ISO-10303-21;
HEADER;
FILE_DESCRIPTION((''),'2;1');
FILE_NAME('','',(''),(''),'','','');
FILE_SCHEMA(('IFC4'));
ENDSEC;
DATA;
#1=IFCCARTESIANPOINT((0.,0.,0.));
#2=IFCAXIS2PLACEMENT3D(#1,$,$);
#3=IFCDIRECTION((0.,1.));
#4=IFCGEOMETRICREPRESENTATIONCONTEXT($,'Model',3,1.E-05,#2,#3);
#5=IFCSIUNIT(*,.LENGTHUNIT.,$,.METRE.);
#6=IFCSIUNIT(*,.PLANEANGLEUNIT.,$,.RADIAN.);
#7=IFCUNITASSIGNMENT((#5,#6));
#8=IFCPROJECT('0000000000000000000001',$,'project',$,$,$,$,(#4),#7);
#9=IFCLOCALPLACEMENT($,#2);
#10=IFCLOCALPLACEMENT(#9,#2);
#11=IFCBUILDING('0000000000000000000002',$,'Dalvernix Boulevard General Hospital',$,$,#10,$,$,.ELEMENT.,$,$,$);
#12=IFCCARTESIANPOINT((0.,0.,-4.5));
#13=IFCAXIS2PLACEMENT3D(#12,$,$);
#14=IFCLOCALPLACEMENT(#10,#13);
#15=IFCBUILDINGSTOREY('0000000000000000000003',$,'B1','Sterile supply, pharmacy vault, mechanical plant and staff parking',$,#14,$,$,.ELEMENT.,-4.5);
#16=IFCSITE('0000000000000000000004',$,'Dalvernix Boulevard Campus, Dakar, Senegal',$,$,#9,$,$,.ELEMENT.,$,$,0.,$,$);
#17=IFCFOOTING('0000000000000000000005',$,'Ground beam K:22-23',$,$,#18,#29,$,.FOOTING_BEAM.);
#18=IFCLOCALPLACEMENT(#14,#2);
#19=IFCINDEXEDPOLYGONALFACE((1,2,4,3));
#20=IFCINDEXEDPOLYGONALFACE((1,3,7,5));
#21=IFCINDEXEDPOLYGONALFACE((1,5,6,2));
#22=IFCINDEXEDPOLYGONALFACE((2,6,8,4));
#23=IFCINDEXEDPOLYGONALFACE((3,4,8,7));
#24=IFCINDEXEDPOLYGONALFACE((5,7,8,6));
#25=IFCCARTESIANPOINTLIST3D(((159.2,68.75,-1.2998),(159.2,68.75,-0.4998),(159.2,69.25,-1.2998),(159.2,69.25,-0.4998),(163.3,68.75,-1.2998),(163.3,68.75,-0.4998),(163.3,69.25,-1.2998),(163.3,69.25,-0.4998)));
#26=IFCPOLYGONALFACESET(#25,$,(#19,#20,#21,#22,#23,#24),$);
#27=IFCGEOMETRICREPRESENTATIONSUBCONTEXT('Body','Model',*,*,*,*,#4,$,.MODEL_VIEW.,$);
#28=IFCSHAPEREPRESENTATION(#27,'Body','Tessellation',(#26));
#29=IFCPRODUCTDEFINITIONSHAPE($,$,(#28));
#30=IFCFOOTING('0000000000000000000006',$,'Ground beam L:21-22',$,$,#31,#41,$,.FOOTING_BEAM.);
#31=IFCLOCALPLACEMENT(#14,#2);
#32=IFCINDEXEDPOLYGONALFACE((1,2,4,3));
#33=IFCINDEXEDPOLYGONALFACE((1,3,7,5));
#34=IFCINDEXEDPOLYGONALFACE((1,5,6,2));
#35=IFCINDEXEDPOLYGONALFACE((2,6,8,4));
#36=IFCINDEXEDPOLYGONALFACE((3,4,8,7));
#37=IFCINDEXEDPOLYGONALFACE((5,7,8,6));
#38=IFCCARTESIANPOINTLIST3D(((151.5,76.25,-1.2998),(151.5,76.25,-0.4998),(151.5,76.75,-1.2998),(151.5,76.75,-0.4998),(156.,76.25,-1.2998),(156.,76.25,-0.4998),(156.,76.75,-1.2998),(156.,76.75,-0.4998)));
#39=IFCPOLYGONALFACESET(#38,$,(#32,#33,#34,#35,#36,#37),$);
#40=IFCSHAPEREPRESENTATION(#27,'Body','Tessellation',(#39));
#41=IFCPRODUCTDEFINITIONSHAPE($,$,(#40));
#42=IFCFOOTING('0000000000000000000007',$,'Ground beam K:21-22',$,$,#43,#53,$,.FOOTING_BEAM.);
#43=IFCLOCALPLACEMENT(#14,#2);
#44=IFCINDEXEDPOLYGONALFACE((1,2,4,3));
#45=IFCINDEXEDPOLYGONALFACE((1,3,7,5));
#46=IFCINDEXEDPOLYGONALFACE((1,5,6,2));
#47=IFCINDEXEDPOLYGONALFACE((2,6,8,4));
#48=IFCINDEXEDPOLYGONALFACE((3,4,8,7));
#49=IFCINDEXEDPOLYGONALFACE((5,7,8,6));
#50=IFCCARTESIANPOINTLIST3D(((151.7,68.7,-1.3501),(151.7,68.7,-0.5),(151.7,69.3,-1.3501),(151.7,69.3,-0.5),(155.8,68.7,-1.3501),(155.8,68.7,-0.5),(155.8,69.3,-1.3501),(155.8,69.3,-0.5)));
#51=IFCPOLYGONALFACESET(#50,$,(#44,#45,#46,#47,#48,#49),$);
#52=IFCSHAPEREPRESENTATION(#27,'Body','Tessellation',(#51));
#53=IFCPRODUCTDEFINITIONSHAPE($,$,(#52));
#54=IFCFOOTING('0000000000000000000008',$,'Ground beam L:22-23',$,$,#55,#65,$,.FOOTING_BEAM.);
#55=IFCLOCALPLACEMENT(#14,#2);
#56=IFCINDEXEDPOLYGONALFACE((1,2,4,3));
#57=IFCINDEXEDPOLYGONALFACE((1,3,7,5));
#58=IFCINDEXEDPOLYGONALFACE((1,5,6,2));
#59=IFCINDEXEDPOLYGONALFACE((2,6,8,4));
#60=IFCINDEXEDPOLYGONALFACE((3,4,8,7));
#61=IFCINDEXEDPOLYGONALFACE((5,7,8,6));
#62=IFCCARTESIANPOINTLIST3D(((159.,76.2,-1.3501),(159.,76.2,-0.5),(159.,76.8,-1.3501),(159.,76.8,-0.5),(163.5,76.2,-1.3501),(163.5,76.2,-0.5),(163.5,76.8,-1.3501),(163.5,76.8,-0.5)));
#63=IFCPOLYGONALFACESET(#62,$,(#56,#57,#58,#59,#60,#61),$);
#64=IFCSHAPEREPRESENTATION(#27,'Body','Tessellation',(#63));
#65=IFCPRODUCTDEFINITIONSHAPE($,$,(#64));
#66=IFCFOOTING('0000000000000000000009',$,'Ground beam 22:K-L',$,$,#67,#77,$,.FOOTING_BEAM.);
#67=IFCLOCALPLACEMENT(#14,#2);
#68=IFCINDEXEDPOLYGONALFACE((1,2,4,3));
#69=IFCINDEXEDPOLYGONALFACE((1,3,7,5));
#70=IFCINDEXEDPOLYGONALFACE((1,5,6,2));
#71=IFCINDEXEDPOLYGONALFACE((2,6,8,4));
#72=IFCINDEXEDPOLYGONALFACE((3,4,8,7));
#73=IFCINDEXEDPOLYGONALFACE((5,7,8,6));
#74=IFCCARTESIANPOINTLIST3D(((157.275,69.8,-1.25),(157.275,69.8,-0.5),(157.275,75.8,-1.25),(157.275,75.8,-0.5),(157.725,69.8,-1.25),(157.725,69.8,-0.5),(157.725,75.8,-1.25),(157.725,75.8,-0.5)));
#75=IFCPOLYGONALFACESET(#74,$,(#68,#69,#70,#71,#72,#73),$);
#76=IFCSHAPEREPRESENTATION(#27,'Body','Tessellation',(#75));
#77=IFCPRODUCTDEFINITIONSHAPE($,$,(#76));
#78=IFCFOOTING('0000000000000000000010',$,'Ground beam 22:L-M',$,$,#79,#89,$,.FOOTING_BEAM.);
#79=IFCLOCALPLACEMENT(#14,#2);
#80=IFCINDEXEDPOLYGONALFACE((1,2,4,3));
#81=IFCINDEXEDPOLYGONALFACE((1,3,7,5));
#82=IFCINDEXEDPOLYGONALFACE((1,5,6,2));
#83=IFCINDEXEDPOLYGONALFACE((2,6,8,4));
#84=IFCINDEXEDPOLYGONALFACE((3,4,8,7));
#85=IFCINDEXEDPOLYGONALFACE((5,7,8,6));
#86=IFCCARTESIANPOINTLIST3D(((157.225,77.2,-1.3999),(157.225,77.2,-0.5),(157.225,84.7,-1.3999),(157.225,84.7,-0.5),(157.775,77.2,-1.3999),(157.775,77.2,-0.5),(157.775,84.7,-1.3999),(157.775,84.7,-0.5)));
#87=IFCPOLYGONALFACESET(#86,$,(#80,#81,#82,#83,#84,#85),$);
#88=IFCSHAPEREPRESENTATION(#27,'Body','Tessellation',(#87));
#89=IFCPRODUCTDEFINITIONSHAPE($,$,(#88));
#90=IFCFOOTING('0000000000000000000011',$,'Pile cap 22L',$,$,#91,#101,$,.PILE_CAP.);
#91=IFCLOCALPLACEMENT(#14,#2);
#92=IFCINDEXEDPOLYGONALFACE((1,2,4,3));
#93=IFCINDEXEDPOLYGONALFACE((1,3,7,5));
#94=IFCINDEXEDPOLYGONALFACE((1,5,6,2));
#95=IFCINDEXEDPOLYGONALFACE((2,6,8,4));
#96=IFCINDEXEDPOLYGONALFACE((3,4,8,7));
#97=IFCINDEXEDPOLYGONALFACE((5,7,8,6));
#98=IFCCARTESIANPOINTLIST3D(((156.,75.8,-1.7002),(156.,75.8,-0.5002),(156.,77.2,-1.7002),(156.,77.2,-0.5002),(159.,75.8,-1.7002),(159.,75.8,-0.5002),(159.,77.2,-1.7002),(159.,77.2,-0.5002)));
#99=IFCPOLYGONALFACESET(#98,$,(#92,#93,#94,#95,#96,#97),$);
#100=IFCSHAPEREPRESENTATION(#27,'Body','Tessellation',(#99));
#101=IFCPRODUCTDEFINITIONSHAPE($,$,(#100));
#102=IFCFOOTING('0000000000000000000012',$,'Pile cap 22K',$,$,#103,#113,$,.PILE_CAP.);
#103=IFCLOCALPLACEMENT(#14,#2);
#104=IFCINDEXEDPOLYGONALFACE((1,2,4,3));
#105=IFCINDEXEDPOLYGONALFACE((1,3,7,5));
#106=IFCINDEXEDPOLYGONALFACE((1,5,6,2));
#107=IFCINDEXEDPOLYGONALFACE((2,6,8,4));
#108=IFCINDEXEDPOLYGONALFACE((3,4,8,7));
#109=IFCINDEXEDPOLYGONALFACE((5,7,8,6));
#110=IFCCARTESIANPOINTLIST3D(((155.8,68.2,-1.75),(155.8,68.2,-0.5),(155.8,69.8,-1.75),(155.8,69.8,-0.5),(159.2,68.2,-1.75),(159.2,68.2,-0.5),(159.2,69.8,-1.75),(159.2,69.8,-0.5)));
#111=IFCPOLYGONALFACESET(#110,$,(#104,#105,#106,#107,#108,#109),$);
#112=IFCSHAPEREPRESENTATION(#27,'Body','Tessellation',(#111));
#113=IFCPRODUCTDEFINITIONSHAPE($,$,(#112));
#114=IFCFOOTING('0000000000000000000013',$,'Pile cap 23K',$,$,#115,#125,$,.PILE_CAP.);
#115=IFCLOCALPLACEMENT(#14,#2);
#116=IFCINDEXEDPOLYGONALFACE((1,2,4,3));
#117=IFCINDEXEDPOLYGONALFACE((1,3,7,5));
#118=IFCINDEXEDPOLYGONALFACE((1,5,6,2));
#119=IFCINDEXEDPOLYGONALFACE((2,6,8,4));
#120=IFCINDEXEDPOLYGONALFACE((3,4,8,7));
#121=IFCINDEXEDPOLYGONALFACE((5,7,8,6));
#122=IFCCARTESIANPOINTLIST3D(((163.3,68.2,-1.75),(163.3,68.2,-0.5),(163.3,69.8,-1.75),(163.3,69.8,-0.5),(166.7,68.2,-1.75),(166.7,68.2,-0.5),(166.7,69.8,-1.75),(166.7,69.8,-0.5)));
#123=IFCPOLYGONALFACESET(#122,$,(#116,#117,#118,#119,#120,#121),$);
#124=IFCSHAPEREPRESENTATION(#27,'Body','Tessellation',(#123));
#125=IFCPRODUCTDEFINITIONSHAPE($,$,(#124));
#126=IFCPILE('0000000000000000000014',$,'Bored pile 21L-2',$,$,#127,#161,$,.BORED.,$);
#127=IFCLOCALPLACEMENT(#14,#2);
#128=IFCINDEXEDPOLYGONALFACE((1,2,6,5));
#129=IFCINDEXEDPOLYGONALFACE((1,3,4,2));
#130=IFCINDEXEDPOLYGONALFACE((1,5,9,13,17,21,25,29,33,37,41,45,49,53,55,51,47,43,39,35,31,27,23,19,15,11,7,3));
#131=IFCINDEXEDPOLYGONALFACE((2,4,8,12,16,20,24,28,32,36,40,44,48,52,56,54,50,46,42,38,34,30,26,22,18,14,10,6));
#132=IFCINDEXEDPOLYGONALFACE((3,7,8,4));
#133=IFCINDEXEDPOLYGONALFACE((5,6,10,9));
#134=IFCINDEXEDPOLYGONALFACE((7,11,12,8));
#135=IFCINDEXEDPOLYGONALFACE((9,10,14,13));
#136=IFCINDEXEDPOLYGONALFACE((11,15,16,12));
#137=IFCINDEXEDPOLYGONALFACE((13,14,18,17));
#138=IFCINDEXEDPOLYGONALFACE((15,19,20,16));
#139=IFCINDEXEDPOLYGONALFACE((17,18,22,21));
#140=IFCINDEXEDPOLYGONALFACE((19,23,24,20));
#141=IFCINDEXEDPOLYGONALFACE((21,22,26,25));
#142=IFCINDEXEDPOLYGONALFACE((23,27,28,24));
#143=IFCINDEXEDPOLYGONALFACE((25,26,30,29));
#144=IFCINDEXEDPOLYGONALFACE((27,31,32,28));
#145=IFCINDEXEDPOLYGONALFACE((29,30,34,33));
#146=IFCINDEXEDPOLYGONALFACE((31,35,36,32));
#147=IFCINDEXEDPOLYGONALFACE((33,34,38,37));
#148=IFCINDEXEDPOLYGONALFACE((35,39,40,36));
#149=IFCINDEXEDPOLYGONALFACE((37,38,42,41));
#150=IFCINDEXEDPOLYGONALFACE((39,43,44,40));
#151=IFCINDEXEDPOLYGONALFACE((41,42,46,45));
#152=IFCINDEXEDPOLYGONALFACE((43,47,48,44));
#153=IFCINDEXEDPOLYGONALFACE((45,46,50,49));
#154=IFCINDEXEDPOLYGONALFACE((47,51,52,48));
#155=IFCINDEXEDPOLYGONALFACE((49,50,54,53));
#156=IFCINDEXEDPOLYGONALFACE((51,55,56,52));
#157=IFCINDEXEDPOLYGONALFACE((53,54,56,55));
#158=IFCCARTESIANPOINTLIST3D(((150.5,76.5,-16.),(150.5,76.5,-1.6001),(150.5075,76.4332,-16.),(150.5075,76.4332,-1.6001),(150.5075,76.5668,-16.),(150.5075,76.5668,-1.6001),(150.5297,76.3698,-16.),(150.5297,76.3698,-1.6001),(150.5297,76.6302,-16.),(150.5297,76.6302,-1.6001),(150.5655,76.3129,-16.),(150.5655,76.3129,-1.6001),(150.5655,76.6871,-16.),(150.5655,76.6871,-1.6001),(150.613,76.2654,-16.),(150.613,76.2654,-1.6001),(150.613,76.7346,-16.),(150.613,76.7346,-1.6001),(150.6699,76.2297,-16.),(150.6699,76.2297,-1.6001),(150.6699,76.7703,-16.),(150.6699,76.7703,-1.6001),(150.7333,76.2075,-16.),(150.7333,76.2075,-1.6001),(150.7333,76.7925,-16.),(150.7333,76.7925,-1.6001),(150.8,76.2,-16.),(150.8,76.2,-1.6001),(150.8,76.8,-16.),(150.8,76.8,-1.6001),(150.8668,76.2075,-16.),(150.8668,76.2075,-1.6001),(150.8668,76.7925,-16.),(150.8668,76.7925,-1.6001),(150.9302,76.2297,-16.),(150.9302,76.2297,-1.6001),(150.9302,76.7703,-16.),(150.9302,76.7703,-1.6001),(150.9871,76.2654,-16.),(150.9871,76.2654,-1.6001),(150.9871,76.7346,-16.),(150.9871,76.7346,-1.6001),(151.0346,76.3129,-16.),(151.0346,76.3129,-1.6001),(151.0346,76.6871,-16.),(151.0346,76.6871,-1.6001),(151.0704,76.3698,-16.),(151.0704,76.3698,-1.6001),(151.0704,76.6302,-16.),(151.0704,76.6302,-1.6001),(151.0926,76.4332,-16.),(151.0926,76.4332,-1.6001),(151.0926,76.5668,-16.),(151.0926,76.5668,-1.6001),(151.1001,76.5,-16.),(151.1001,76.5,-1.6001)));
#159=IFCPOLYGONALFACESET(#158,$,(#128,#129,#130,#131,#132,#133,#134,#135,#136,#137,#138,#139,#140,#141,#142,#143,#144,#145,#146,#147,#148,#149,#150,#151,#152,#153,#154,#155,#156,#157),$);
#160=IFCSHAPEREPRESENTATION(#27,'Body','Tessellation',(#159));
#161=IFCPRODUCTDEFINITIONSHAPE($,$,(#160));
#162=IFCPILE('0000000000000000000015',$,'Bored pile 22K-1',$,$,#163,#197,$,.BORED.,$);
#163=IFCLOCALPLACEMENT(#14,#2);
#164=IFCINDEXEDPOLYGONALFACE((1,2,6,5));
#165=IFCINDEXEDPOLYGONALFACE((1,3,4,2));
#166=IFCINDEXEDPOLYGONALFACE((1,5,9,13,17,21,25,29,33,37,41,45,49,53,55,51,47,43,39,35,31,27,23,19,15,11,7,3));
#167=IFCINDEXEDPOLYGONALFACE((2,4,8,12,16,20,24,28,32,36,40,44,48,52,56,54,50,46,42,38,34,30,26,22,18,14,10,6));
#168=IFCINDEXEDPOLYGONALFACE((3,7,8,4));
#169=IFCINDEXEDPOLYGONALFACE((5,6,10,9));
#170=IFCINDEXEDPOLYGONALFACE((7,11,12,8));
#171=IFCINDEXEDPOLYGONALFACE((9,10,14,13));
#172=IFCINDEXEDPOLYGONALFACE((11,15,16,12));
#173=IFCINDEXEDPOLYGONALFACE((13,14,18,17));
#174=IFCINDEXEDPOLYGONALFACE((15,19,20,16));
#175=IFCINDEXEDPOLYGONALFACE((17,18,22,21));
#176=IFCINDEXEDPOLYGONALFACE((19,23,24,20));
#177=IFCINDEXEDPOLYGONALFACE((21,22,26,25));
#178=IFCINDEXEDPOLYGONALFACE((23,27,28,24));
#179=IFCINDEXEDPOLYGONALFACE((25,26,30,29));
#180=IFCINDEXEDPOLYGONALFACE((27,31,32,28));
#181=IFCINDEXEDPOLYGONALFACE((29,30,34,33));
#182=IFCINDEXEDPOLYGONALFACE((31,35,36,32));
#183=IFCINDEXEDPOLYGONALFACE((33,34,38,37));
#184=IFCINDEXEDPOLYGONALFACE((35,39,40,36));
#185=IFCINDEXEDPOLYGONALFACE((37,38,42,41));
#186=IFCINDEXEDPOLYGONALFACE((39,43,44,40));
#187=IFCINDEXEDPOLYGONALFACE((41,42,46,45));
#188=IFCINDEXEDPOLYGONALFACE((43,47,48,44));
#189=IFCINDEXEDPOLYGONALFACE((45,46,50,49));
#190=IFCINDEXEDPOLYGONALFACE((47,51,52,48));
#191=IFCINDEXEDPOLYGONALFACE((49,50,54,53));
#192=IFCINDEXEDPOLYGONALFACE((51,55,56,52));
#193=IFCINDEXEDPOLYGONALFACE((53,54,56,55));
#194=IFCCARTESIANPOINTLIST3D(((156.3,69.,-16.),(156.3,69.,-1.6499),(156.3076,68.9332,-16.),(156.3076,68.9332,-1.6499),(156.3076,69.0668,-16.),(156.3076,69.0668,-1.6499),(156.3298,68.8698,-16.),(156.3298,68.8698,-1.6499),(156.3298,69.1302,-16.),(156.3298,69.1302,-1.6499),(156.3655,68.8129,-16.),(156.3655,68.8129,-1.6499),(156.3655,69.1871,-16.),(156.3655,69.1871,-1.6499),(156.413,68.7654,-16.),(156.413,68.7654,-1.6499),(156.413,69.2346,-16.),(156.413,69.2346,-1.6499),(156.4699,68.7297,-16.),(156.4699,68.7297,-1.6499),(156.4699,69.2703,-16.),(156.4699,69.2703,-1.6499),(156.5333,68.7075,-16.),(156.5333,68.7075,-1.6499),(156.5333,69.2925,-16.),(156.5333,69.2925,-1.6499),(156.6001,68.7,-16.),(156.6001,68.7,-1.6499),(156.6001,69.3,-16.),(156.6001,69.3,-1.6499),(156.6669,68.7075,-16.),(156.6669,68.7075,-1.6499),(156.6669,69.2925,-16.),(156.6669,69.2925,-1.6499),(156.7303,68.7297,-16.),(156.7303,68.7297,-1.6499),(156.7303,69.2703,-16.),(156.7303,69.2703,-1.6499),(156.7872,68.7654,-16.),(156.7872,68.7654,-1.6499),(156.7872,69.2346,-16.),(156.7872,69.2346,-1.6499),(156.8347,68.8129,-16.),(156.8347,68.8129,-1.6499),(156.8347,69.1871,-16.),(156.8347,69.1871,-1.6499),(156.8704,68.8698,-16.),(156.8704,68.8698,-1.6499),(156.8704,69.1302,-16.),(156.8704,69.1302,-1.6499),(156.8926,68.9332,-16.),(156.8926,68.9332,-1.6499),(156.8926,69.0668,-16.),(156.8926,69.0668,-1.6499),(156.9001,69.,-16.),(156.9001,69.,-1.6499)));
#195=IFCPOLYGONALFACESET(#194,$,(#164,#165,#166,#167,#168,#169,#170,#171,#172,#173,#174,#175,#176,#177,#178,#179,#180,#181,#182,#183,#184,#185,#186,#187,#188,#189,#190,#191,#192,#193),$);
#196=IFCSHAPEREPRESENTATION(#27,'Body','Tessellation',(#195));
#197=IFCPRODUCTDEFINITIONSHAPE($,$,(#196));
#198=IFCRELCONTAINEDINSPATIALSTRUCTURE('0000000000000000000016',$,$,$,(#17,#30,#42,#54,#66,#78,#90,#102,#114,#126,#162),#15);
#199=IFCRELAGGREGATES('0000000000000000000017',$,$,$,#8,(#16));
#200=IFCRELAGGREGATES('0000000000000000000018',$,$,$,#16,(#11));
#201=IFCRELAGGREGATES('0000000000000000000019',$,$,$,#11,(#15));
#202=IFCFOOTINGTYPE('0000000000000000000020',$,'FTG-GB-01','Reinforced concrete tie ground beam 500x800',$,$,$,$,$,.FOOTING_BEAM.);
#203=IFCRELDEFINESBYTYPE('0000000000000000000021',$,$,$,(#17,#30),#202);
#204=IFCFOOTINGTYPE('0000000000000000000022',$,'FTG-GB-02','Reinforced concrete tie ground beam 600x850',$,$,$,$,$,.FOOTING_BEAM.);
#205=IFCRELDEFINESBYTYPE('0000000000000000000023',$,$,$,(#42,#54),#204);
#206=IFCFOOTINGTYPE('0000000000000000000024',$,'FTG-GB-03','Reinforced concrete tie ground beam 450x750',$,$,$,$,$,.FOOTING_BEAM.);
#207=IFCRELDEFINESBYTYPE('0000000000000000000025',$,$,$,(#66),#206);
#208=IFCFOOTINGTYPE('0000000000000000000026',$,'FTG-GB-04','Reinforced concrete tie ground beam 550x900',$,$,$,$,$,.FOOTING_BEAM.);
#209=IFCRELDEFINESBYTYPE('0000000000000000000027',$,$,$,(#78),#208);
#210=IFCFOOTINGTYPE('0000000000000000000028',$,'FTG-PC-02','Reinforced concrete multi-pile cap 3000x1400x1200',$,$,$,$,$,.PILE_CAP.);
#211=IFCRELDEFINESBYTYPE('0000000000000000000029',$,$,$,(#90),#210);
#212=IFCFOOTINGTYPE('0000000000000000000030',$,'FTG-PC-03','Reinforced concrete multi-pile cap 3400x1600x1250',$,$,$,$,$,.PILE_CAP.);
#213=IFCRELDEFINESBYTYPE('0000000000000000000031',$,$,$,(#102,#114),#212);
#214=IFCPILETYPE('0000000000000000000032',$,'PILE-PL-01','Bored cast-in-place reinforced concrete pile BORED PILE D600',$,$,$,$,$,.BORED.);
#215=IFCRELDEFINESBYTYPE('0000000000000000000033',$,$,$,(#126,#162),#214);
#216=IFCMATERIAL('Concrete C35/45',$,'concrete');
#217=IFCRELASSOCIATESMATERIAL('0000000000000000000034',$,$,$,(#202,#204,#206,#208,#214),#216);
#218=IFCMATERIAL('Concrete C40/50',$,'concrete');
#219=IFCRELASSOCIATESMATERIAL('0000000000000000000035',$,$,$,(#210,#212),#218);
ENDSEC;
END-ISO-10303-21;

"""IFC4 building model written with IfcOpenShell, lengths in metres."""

from ifc_helpers import new_model, si_unit, direction, frame, origin, origin_2d, place, context, subcontext, project, spatial, rectangle, circle, extrude, material, material_profile, profile_set, type_object, element, save


model = new_model("IFC4")

# Units and contexts
model_context = context("Model", 3, precision=1e-05, world=origin(), true_north=direction((0.0, 1.0)))
body_context = subcontext(model_context, "Body", "Model", "MODEL_VIEW")
ifc_project = project(units=[si_unit("LENGTHUNIT", "METRE"), si_unit("PLANEANGLEUNIT", "RADIAN")], contexts=[model_context])

# Site, building, storey
site_placement = place(None, origin())
site = spatial("IfcSite", under=ifc_project, at=site_placement, Name="Dalvernix Boulevard Campus, Dakar, Senegal", CompositionType="ELEMENT", RefElevation=0.0)
building_placement = place(site_placement, origin())
building = spatial("IfcBuilding", under=site, at=building_placement, Name="Dalvernix Boulevard General Hospital", CompositionType="ELEMENT")
storey_placement = place(building_placement, frame((0.0, 0.0, -4.5)))
storey = spatial("IfcBuildingStorey", under=building, at=storey_placement, Name="B1", Description="Sterile supply, pharmacy vault, mechanical plant and staff parking", CompositionType="ELEMENT", Elevation=-4.5)

# Footings
ifc_material_1 = material(Name="Concrete C35/45", Category="concrete")
footing_type_1 = type_object("IfcFootingType", Name="FTG-GB-01", Description="Reinforced concrete tie ground beam 500x800", PredefinedType="FOOTING_BEAM", material=ifc_material_1)
footing_1_placement = place(storey_placement, frame((161.25, 69.0, -1.2998), z_axis=(0.0, 0.0, 1.0), x_axis=(1.0, 0.0, 0.0)))
element("IfcFooting", 1, at=footing_1_placement, inside=storey, type_object=footing_type_1, Name="Ground beam K:22-23", PredefinedType="FOOTING_BEAM", context=body_context, shape_type="SweptSolid", body=[
    extrude(rectangle(XDim=4.1001, YDim=0.5, at=origin_2d()), origin(), (0.0, 0.0, 1.0), 0.8),
])
footing_2_placement = place(storey_placement, frame((153.75, 76.5, -1.2998), z_axis=(0.0, 0.0, 1.0), x_axis=(1.0, 0.0, 0.0)))
element("IfcFooting", 2, at=footing_2_placement, inside=storey, type_object=footing_type_1, Name="Ground beam L:21-22", PredefinedType="FOOTING_BEAM", context=body_context, shape_type="SweptSolid", body=[
    extrude(rectangle(XDim=4.5, YDim=0.5, at=origin_2d()), origin(), (0.0, 0.0, 1.0), 0.8),
])
footing_type_2 = type_object("IfcFootingType", Name="FTG-GB-02", Description="Reinforced concrete tie ground beam 600x850", PredefinedType="FOOTING_BEAM", material=ifc_material_1)
footing_3_placement = place(storey_placement, frame((153.75, 69.0, -1.3501), z_axis=(0.0, 0.0, 1.0), x_axis=(1.0, 0.0, 0.0)))
element("IfcFooting", 3, at=footing_3_placement, inside=storey, type_object=footing_type_2, Name="Ground beam K:21-22", PredefinedType="FOOTING_BEAM", context=body_context, shape_type="SweptSolid", body=[
    extrude(rectangle(XDim=4.1001, YDim=0.6001, at=origin_2d()), origin(), (0.0, 0.0, 1.0), 0.8501),
])
footing_4_placement = place(storey_placement, frame((161.25, 76.5, -1.3501), z_axis=(0.0, 0.0, 1.0), x_axis=(1.0, 0.0, 0.0)))
element("IfcFooting", 4, at=footing_4_placement, inside=storey, type_object=footing_type_2, Name="Ground beam L:22-23", PredefinedType="FOOTING_BEAM", context=body_context, shape_type="SweptSolid", body=[
    extrude(rectangle(XDim=4.5, YDim=0.6001, at=origin_2d()), origin(), (0.0, 0.0, 1.0), 0.8501),
])
footing_type_3 = type_object("IfcFootingType", Name="FTG-GB-03", Description="Reinforced concrete tie ground beam 450x750", PredefinedType="FOOTING_BEAM", material=ifc_material_1)
footing_5_placement = place(storey_placement, frame((157.5, 72.8, -1.25), z_axis=(0.0, 0.0, 1.0), x_axis=(0.0, 1.0, 0.0)))
element("IfcFooting", 5, at=footing_5_placement, inside=storey, type_object=footing_type_3, Name="Ground beam 22:K-L", PredefinedType="FOOTING_BEAM", context=body_context, shape_type="SweptSolid", body=[
    extrude(rectangle(XDim=6.0, YDim=0.45, at=origin_2d()), origin(), (0.0, 0.0, 1.0), 0.75),
])
footing_type_4 = type_object("IfcFootingType", Name="FTG-GB-04", Description="Reinforced concrete tie ground beam 550x900", PredefinedType="FOOTING_BEAM", material=ifc_material_1)
footing_6_placement = place(storey_placement, frame((157.5, 80.95, -1.3999), z_axis=(0.0, 0.0, 1.0), x_axis=(0.0, 1.0, 0.0)))
element("IfcFooting", 6, at=footing_6_placement, inside=storey, type_object=footing_type_4, Name="Ground beam 22:L-M", PredefinedType="FOOTING_BEAM", context=body_context, shape_type="SweptSolid", body=[
    extrude(rectangle(XDim=7.5, YDim=0.55, at=origin_2d()), origin(), (0.0, 0.0, 1.0), 0.8999),
])
ifc_material_2 = material(Name="Concrete C40/50", Category="concrete")
footing_type_5 = type_object("IfcFootingType", Name="FTG-PC-02", Description="Reinforced concrete multi-pile cap 3000x1400x1200", PredefinedType="PILE_CAP", material=ifc_material_2)
footing_7_placement = place(storey_placement, frame((157.5, 76.5, -1.7002), z_axis=(0.0, 0.0, 1.0), x_axis=(1.0, 0.0, 0.0)))
element("IfcFooting", 7, at=footing_7_placement, inside=storey, type_object=footing_type_5, Name="Pile cap 22L", PredefinedType="PILE_CAP", context=body_context, shape_type="SweptSolid", body=[
    extrude(rectangle(XDim=3.0, YDim=1.3999, at=origin_2d()), origin(), (0.0, 0.0, 1.0), 1.2),
])
footing_type_6 = type_object("IfcFootingType", Name="FTG-PC-03", Description="Reinforced concrete multi-pile cap 3400x1600x1250", PredefinedType="PILE_CAP", material=ifc_material_2)
for number, where, z_axis, x_axis, name in (
    (8, (157.5, 69.0, -1.75), (0.0, 0.0, 1.0), (1.0, 0.0, 0.0), "Pile cap 22K"),
    (9, (165.0, 69.0, -1.75), (0.0, 0.0, 1.0), (1.0, 0.0, 0.0), "Pile cap 23K"),
):
    element("IfcFooting", number, at=place(storey_placement, frame(where, z_axis=z_axis, x_axis=x_axis)), inside=storey, type_object=footing_type_6, Name=name, PredefinedType="PILE_CAP", context=body_context, shape_type="SweptSolid", body=[
        extrude(rectangle(XDim=3.3999, YDim=1.6001, at=origin_2d()), origin(), (0.0, 0.0, 1.0), 1.25),
    ])

# Piles
ifc_material_profile_1 = material_profile(ifc_material_1, circle(Radius=0.3, at=origin_2d()), Name="BORED PILE D600")
ifc_profile_set_1 = profile_set([ifc_material_profile_1], Name="Concrete C35/45")
pile_type = type_object("IfcPileType", Name="PILE-PL-01", Description="Bored cast-in-place reinforced concrete pile BORED PILE D600", PredefinedType="BORED", material=ifc_profile_set_1)
pile_1_placement = place(storey_placement, frame((150.8, 76.5, -1.6001), z_axis=(0.0, 0.0, -1.0), x_axis=(1.0, 0.0, 0.0)))
element("IfcPile", 10, at=pile_1_placement, inside=storey, type_object=pile_type, Name="Bored pile 21L-2", PredefinedType="BORED", context=body_context, shape_type="SweptSolid", body=[
    extrude(circle(Radius=0.3, at=origin_2d()), origin(), (0.0, 0.0, 1.0), 14.3999),
])
for number, where, z_axis, x_axis, name in (
    (11, (156.6001, 69.0, -1.6499), (0.0, 0.0, -1.0), (1.0, 0.0, 0.0), "Bored pile 22K-1"),
):
    element("IfcPile", number, at=place(storey_placement, frame(where, z_axis=z_axis, x_axis=x_axis)), inside=storey, type_object=pile_type, Name=name, PredefinedType="BORED", context=body_context, shape_type="SweptSolid", body=[
        extrude(circle(Radius=0.3, at=origin_2d()), origin(), (0.0, 0.0, 1.0), 14.3501),
    ])

save(model, "model.ifc")
